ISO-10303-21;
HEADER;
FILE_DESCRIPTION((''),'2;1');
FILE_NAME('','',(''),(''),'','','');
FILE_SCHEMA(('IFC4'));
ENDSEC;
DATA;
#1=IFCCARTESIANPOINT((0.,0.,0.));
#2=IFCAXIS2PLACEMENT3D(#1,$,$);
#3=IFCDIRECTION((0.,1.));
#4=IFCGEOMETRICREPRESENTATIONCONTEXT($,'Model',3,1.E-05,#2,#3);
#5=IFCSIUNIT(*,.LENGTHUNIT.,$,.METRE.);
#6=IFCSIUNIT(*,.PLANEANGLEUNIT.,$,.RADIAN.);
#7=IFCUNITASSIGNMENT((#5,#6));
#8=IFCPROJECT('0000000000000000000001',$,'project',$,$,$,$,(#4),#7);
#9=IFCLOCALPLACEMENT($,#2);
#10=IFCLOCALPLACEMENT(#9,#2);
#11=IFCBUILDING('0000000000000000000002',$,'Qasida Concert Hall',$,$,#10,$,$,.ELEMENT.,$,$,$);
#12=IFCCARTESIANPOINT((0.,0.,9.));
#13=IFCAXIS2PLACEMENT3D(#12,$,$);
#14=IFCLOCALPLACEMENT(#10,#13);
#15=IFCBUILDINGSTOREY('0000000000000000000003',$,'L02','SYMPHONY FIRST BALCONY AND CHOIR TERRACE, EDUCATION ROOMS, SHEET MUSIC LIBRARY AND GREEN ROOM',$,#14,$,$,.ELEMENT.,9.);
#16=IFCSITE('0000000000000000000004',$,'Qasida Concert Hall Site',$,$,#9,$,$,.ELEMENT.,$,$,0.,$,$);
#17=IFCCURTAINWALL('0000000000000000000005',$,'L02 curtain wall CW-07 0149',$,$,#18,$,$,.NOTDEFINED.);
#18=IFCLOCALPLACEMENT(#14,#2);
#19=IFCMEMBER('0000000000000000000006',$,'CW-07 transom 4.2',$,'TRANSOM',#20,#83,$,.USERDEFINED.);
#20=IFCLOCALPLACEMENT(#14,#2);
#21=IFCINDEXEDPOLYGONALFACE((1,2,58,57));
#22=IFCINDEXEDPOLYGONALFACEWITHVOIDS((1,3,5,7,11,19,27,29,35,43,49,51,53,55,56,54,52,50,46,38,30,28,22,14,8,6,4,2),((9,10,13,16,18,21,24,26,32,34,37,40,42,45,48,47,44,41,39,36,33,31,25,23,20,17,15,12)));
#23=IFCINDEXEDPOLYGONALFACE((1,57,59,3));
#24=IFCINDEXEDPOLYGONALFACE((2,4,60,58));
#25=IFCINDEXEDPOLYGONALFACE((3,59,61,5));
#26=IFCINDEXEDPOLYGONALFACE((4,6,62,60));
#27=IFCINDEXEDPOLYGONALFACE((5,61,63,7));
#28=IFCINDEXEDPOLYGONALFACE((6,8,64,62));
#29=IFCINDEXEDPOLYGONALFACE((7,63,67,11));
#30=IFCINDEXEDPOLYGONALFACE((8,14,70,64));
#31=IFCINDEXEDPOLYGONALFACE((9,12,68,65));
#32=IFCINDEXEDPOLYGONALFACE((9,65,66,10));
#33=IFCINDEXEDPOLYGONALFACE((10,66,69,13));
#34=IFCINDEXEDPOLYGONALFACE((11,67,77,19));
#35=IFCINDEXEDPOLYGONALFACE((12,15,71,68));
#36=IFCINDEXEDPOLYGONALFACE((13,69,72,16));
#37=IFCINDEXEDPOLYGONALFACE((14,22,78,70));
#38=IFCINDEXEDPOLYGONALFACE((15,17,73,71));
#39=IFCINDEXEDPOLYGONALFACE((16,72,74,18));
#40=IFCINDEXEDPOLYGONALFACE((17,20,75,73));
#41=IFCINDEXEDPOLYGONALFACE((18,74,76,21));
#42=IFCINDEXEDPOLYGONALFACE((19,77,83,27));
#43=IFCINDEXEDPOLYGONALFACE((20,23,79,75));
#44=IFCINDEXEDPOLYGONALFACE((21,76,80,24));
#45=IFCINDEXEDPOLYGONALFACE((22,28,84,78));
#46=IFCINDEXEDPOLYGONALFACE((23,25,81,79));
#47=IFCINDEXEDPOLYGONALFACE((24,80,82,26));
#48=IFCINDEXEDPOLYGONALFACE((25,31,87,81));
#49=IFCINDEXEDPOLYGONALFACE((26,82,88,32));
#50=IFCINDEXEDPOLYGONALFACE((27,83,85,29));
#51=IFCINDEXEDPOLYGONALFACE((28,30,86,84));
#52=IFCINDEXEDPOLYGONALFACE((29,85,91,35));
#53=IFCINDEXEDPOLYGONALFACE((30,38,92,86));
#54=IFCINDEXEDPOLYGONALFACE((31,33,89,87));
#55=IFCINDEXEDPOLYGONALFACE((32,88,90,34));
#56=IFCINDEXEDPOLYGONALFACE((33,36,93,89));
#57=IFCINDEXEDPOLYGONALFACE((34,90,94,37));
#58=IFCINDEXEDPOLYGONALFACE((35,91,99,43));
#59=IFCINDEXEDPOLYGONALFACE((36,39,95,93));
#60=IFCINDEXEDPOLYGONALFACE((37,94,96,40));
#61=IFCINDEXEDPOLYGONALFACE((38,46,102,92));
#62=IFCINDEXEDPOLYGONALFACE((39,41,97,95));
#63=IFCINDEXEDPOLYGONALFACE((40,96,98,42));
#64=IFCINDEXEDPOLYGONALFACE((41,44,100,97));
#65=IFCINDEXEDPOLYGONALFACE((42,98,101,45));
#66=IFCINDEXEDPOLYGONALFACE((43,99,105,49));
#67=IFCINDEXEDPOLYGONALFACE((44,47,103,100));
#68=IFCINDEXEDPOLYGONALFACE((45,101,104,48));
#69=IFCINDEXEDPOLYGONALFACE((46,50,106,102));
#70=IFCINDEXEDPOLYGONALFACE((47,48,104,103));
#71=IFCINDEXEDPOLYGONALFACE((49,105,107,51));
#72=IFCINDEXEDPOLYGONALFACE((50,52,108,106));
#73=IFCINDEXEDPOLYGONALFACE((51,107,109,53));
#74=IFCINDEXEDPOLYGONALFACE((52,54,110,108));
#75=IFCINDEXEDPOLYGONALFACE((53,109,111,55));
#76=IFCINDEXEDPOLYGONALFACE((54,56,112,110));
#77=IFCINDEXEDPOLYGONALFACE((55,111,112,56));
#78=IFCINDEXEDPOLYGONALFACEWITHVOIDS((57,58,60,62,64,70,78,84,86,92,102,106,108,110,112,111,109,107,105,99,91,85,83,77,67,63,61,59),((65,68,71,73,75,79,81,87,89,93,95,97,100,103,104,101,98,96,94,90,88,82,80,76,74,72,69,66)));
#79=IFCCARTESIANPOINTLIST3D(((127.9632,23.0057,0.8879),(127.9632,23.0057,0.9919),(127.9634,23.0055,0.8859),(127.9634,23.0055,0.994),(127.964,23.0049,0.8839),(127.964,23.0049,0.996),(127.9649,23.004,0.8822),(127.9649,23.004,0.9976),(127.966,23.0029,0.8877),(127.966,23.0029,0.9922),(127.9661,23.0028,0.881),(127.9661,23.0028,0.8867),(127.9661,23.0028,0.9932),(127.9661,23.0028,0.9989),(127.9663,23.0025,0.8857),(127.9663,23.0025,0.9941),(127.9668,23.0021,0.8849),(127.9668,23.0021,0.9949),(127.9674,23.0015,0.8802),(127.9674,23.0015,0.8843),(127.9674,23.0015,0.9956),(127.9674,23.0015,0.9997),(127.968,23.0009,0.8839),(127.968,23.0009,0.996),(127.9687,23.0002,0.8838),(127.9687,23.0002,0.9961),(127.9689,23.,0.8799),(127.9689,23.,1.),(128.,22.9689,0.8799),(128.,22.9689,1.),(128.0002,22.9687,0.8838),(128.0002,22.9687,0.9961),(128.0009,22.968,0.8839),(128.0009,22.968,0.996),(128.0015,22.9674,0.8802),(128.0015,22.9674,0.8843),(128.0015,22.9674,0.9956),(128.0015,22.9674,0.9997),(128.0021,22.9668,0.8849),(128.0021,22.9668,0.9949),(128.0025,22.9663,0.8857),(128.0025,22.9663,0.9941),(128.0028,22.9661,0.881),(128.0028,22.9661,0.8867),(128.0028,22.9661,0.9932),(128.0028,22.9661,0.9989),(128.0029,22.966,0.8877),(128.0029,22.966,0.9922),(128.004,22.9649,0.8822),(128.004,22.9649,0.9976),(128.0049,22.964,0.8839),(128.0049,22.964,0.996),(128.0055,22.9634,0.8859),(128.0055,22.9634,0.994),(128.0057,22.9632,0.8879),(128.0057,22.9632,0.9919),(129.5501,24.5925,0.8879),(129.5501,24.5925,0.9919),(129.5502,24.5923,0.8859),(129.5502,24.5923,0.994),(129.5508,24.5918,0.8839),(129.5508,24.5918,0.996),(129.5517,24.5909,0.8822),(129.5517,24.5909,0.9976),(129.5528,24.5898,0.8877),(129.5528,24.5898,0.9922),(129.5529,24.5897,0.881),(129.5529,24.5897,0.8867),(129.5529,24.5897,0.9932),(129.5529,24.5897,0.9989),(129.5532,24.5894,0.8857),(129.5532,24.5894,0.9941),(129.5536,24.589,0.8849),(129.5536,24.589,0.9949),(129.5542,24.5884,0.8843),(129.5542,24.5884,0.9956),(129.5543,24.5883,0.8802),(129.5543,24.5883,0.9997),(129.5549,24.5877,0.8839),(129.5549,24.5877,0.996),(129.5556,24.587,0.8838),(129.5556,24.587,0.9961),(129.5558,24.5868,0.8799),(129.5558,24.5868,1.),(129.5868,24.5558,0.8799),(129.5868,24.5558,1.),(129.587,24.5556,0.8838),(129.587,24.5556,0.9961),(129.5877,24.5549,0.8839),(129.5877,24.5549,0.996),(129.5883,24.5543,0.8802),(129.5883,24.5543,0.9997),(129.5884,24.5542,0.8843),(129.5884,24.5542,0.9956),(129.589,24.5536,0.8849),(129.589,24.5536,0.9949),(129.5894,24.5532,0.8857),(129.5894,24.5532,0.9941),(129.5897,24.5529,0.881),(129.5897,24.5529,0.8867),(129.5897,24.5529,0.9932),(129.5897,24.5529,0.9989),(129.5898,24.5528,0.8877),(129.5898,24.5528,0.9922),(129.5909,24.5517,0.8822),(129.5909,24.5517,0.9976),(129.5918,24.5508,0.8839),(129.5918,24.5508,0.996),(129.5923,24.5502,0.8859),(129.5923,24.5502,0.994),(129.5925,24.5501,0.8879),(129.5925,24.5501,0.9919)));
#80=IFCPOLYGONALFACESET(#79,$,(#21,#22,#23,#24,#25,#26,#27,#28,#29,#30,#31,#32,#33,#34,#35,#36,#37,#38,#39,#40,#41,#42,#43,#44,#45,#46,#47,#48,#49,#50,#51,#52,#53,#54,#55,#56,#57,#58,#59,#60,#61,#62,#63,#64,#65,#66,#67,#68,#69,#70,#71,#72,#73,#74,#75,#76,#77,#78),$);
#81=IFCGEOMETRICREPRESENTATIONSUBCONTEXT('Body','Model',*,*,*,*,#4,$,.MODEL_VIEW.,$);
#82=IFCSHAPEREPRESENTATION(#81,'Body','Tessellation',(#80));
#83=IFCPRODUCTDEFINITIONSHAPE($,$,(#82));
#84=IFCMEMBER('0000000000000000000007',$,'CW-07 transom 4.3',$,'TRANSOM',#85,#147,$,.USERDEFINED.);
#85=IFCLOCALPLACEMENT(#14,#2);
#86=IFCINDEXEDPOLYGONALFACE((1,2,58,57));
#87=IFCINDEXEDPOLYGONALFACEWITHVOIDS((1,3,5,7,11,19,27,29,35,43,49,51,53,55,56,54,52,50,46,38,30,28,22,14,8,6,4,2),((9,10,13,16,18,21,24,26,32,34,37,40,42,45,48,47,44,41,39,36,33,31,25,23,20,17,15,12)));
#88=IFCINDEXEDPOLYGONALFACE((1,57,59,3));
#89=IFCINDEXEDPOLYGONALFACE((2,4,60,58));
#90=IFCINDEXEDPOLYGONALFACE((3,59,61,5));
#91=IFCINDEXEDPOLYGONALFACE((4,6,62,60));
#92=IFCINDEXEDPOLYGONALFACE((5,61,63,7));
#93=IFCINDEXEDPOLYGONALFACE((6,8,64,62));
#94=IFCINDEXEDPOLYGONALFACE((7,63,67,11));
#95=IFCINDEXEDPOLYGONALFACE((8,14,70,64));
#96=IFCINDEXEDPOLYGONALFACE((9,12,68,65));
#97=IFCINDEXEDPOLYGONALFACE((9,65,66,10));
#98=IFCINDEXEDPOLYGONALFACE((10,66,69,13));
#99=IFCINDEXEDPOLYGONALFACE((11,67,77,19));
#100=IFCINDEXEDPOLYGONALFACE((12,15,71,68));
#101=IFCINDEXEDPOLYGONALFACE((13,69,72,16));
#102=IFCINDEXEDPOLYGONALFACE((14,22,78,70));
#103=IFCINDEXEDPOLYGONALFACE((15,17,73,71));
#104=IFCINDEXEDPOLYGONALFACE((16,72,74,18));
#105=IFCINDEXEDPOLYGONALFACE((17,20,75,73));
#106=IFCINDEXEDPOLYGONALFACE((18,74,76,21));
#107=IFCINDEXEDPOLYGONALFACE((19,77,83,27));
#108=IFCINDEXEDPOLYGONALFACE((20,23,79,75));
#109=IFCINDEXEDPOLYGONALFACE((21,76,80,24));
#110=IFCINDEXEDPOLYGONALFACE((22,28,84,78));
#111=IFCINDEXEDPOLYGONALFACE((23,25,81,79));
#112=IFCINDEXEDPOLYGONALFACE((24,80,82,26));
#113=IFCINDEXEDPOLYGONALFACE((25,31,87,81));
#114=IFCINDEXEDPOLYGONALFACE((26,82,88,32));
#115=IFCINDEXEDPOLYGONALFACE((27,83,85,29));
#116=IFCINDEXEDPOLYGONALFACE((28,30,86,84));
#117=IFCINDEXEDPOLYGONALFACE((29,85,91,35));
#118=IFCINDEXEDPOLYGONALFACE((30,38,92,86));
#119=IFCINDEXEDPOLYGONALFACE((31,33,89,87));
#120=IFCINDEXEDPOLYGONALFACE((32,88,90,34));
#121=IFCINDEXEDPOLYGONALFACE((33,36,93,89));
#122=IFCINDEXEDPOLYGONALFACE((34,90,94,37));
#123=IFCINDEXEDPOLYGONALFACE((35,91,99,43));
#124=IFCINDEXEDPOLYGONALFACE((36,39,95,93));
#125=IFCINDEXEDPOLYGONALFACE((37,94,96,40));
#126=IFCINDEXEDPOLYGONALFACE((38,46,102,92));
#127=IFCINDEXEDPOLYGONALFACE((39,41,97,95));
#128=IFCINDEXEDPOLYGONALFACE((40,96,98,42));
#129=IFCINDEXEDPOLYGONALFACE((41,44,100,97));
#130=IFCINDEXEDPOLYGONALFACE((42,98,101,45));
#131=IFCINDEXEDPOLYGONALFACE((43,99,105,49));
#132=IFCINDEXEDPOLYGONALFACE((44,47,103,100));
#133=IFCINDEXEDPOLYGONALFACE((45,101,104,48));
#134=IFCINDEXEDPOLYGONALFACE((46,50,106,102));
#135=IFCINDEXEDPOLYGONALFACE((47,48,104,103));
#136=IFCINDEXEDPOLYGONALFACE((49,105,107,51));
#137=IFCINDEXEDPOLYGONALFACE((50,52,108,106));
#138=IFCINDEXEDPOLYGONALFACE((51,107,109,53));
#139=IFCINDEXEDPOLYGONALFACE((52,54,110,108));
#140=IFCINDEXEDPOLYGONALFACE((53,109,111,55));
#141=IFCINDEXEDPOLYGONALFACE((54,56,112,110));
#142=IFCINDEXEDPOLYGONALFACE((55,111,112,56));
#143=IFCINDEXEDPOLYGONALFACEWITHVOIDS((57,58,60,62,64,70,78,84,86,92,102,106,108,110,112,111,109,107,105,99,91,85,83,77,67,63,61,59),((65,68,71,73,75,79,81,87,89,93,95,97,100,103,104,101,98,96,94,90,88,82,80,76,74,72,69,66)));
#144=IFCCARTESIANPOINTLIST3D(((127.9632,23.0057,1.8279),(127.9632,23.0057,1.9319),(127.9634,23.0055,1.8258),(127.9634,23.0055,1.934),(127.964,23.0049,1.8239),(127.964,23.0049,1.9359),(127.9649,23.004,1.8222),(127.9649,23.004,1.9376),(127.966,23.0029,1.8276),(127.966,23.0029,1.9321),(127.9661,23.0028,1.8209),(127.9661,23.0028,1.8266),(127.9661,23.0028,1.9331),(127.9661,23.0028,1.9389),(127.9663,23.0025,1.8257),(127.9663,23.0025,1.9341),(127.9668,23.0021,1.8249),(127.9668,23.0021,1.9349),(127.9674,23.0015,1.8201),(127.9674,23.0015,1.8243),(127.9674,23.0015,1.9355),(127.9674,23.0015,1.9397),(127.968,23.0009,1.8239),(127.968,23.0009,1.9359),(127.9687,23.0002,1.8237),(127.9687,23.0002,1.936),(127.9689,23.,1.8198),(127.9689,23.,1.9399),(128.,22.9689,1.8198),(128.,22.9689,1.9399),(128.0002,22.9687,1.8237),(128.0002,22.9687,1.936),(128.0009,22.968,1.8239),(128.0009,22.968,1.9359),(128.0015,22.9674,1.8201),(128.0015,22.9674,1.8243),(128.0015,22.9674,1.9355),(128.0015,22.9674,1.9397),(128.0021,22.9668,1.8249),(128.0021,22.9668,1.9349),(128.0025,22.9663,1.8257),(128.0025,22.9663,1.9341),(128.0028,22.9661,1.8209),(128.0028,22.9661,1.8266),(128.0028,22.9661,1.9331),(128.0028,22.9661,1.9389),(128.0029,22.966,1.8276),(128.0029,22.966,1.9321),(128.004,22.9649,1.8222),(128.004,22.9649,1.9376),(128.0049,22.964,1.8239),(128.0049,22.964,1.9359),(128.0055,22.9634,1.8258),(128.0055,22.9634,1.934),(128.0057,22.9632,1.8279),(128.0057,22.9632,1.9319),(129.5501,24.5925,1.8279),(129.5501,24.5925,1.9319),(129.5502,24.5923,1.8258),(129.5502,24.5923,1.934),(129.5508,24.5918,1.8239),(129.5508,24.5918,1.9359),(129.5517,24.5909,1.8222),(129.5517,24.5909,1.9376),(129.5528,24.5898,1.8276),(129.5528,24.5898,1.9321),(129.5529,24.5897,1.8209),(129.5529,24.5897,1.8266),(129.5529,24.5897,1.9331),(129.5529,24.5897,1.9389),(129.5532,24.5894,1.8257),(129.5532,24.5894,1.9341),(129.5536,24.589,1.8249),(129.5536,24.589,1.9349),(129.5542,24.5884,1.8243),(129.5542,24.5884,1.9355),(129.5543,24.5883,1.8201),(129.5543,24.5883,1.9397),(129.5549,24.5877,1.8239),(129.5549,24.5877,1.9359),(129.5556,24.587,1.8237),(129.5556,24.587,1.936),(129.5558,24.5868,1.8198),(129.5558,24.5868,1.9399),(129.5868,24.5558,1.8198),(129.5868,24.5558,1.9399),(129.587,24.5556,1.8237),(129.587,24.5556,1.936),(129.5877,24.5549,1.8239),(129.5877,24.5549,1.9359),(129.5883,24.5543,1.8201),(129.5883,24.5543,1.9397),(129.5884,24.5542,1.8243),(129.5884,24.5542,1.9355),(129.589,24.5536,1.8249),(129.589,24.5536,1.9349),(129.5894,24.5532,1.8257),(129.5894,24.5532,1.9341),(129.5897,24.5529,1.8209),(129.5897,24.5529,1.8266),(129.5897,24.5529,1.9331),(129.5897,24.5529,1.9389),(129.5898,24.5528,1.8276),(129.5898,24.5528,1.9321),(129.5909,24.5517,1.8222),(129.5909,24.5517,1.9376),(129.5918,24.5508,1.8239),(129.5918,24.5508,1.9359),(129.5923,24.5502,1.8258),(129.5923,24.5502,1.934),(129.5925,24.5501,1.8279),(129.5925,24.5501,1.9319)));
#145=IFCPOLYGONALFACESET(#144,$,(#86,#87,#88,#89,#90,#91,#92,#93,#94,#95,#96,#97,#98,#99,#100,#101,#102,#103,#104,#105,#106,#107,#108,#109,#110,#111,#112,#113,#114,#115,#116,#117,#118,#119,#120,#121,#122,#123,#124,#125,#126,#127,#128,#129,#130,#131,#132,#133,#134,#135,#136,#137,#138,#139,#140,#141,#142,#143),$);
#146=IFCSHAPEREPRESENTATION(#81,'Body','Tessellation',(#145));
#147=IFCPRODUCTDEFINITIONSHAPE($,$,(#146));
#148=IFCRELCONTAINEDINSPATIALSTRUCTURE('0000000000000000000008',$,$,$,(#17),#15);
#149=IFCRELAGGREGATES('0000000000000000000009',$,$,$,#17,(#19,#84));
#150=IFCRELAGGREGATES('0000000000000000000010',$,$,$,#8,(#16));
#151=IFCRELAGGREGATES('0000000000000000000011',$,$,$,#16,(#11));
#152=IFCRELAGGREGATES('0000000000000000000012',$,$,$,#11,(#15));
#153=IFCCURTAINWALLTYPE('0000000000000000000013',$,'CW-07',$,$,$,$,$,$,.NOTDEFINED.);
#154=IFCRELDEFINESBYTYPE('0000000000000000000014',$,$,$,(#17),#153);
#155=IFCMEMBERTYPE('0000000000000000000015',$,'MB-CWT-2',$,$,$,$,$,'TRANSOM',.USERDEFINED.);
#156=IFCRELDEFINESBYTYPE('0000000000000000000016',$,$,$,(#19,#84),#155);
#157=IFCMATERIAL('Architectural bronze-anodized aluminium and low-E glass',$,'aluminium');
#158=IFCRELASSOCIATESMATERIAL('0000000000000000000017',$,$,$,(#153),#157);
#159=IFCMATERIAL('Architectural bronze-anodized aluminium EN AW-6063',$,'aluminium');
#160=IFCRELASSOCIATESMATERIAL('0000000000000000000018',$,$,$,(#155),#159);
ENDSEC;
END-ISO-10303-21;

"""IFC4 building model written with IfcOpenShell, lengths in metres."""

from ifc_helpers import new_model, si_unit, direction, frame, origin, origin_2d, place, context, subcontext, project, spatial, hollow_rectangle, extrude, material, material_profile, profile_set, type_object, element, aggregate, save


model = new_model("IFC4")

# Units and contexts
model_context = context("Model", 3, precision=1e-05, world=origin(), true_north=direction((0.0, 1.0)))
body_context = subcontext(model_context, "Body", "Model", "MODEL_VIEW")
ifc_project = project(units=[si_unit("LENGTHUNIT", "METRE"), si_unit("PLANEANGLEUNIT", "RADIAN")], contexts=[model_context])

# Site, building, storey
site_placement = place(None, origin())
site = spatial("IfcSite", under=ifc_project, at=site_placement, Name="Qasida Concert Hall Site", CompositionType="ELEMENT", RefElevation=0.0)
building_placement = place(site_placement, origin())
building = spatial("IfcBuilding", under=site, at=building_placement, Name="Qasida Concert Hall", CompositionType="ELEMENT")
storey_placement = place(building_placement, frame((0.0, 0.0, 9.0)))
storey = spatial("IfcBuildingStorey", under=building, at=storey_placement, Name="L02", Description="SYMPHONY FIRST BALCONY AND CHOIR TERRACE, EDUCATION ROOMS, SHEET MUSIC LIBRARY AND GREEN ROOM", CompositionType="ELEMENT", Elevation=9.0)

# Curtain wall
ifc_material_1 = material(Name="Architectural bronze-anodized aluminium and low-E glass", Category="aluminium")
curtain_wall_type = type_object("IfcCurtainWallType", Name="CW-07", PredefinedType="NOTDEFINED", material=ifc_material_1)
curtain_wall_1_placement = place(storey_placement, origin())
curtain_wall_1 = element("IfcCurtainWall", 1, at=curtain_wall_1_placement, inside=storey, type_object=curtain_wall_type, Name="L02 curtain wall CW-07 0149", PredefinedType="NOTDEFINED")
ifc_material_2 = material(Name="Architectural bronze-anodized aluminium EN AW-6063", Category="aluminium")

# Members
ifc_material_profile_1 = material_profile(ifc_material_2, hollow_rectangle(XDim=0.0601, YDim=0.1201, WallThickness=0.0039, InnerFilletRadius=0.0039, OuterFilletRadius=0.0081, at=origin_2d()), Name="CWT 120x60x4")
ifc_profile_set_1 = profile_set([ifc_material_profile_1], Name="Architectural bronze-anodized aluminium EN AW-6063")
member_type_1 = type_object("IfcMemberType", Name="MB-CWT-2", ElementType="TRANSOM", PredefinedType="USERDEFINED", material=ifc_profile_set_1)
member_1_placement = place(storey_placement, frame((129.5713, 24.5713, 0.9399), z_axis=(-0.707107, -0.707107, 0.0), x_axis=(0.707107, -0.707107, 0.0)))
member_1 = element("IfcMember", 2, at=member_1_placement, type_object=member_type_1, Name="CW-07 transom 4.2", ObjectType="TRANSOM", PredefinedType="USERDEFINED", context=body_context, shape_type="SweptSolid", body=[
    extrude(hollow_rectangle(XDim=0.0601, YDim=0.1201, WallThickness=0.0039, InnerFilletRadius=0.0039, OuterFilletRadius=0.0081, at=origin_2d()), origin(), (0.0, 0.0, 1.0), 2.2441),
])
member_2_placement = place(storey_placement, frame((129.5713, 24.5713, 1.8799), z_axis=(-0.707107, -0.707107, 0.0), x_axis=(0.707107, -0.707107, 0.0)))
member_2 = element("IfcMember", 3, at=member_2_placement, type_object=member_type_1, Name="CW-07 transom 4.3", ObjectType="TRANSOM", PredefinedType="USERDEFINED", context=body_context, shape_type="SweptSolid", body=[
    extrude(hollow_rectangle(XDim=0.0601, YDim=0.1201, WallThickness=0.0039, InnerFilletRadius=0.0039, OuterFilletRadius=0.0081, at=origin_2d()), origin(), (0.0, 0.0, 1.0), 2.2441),
])
aggregate(curtain_wall_1, [member_1, member_2])

save(model, "model.ifc")
